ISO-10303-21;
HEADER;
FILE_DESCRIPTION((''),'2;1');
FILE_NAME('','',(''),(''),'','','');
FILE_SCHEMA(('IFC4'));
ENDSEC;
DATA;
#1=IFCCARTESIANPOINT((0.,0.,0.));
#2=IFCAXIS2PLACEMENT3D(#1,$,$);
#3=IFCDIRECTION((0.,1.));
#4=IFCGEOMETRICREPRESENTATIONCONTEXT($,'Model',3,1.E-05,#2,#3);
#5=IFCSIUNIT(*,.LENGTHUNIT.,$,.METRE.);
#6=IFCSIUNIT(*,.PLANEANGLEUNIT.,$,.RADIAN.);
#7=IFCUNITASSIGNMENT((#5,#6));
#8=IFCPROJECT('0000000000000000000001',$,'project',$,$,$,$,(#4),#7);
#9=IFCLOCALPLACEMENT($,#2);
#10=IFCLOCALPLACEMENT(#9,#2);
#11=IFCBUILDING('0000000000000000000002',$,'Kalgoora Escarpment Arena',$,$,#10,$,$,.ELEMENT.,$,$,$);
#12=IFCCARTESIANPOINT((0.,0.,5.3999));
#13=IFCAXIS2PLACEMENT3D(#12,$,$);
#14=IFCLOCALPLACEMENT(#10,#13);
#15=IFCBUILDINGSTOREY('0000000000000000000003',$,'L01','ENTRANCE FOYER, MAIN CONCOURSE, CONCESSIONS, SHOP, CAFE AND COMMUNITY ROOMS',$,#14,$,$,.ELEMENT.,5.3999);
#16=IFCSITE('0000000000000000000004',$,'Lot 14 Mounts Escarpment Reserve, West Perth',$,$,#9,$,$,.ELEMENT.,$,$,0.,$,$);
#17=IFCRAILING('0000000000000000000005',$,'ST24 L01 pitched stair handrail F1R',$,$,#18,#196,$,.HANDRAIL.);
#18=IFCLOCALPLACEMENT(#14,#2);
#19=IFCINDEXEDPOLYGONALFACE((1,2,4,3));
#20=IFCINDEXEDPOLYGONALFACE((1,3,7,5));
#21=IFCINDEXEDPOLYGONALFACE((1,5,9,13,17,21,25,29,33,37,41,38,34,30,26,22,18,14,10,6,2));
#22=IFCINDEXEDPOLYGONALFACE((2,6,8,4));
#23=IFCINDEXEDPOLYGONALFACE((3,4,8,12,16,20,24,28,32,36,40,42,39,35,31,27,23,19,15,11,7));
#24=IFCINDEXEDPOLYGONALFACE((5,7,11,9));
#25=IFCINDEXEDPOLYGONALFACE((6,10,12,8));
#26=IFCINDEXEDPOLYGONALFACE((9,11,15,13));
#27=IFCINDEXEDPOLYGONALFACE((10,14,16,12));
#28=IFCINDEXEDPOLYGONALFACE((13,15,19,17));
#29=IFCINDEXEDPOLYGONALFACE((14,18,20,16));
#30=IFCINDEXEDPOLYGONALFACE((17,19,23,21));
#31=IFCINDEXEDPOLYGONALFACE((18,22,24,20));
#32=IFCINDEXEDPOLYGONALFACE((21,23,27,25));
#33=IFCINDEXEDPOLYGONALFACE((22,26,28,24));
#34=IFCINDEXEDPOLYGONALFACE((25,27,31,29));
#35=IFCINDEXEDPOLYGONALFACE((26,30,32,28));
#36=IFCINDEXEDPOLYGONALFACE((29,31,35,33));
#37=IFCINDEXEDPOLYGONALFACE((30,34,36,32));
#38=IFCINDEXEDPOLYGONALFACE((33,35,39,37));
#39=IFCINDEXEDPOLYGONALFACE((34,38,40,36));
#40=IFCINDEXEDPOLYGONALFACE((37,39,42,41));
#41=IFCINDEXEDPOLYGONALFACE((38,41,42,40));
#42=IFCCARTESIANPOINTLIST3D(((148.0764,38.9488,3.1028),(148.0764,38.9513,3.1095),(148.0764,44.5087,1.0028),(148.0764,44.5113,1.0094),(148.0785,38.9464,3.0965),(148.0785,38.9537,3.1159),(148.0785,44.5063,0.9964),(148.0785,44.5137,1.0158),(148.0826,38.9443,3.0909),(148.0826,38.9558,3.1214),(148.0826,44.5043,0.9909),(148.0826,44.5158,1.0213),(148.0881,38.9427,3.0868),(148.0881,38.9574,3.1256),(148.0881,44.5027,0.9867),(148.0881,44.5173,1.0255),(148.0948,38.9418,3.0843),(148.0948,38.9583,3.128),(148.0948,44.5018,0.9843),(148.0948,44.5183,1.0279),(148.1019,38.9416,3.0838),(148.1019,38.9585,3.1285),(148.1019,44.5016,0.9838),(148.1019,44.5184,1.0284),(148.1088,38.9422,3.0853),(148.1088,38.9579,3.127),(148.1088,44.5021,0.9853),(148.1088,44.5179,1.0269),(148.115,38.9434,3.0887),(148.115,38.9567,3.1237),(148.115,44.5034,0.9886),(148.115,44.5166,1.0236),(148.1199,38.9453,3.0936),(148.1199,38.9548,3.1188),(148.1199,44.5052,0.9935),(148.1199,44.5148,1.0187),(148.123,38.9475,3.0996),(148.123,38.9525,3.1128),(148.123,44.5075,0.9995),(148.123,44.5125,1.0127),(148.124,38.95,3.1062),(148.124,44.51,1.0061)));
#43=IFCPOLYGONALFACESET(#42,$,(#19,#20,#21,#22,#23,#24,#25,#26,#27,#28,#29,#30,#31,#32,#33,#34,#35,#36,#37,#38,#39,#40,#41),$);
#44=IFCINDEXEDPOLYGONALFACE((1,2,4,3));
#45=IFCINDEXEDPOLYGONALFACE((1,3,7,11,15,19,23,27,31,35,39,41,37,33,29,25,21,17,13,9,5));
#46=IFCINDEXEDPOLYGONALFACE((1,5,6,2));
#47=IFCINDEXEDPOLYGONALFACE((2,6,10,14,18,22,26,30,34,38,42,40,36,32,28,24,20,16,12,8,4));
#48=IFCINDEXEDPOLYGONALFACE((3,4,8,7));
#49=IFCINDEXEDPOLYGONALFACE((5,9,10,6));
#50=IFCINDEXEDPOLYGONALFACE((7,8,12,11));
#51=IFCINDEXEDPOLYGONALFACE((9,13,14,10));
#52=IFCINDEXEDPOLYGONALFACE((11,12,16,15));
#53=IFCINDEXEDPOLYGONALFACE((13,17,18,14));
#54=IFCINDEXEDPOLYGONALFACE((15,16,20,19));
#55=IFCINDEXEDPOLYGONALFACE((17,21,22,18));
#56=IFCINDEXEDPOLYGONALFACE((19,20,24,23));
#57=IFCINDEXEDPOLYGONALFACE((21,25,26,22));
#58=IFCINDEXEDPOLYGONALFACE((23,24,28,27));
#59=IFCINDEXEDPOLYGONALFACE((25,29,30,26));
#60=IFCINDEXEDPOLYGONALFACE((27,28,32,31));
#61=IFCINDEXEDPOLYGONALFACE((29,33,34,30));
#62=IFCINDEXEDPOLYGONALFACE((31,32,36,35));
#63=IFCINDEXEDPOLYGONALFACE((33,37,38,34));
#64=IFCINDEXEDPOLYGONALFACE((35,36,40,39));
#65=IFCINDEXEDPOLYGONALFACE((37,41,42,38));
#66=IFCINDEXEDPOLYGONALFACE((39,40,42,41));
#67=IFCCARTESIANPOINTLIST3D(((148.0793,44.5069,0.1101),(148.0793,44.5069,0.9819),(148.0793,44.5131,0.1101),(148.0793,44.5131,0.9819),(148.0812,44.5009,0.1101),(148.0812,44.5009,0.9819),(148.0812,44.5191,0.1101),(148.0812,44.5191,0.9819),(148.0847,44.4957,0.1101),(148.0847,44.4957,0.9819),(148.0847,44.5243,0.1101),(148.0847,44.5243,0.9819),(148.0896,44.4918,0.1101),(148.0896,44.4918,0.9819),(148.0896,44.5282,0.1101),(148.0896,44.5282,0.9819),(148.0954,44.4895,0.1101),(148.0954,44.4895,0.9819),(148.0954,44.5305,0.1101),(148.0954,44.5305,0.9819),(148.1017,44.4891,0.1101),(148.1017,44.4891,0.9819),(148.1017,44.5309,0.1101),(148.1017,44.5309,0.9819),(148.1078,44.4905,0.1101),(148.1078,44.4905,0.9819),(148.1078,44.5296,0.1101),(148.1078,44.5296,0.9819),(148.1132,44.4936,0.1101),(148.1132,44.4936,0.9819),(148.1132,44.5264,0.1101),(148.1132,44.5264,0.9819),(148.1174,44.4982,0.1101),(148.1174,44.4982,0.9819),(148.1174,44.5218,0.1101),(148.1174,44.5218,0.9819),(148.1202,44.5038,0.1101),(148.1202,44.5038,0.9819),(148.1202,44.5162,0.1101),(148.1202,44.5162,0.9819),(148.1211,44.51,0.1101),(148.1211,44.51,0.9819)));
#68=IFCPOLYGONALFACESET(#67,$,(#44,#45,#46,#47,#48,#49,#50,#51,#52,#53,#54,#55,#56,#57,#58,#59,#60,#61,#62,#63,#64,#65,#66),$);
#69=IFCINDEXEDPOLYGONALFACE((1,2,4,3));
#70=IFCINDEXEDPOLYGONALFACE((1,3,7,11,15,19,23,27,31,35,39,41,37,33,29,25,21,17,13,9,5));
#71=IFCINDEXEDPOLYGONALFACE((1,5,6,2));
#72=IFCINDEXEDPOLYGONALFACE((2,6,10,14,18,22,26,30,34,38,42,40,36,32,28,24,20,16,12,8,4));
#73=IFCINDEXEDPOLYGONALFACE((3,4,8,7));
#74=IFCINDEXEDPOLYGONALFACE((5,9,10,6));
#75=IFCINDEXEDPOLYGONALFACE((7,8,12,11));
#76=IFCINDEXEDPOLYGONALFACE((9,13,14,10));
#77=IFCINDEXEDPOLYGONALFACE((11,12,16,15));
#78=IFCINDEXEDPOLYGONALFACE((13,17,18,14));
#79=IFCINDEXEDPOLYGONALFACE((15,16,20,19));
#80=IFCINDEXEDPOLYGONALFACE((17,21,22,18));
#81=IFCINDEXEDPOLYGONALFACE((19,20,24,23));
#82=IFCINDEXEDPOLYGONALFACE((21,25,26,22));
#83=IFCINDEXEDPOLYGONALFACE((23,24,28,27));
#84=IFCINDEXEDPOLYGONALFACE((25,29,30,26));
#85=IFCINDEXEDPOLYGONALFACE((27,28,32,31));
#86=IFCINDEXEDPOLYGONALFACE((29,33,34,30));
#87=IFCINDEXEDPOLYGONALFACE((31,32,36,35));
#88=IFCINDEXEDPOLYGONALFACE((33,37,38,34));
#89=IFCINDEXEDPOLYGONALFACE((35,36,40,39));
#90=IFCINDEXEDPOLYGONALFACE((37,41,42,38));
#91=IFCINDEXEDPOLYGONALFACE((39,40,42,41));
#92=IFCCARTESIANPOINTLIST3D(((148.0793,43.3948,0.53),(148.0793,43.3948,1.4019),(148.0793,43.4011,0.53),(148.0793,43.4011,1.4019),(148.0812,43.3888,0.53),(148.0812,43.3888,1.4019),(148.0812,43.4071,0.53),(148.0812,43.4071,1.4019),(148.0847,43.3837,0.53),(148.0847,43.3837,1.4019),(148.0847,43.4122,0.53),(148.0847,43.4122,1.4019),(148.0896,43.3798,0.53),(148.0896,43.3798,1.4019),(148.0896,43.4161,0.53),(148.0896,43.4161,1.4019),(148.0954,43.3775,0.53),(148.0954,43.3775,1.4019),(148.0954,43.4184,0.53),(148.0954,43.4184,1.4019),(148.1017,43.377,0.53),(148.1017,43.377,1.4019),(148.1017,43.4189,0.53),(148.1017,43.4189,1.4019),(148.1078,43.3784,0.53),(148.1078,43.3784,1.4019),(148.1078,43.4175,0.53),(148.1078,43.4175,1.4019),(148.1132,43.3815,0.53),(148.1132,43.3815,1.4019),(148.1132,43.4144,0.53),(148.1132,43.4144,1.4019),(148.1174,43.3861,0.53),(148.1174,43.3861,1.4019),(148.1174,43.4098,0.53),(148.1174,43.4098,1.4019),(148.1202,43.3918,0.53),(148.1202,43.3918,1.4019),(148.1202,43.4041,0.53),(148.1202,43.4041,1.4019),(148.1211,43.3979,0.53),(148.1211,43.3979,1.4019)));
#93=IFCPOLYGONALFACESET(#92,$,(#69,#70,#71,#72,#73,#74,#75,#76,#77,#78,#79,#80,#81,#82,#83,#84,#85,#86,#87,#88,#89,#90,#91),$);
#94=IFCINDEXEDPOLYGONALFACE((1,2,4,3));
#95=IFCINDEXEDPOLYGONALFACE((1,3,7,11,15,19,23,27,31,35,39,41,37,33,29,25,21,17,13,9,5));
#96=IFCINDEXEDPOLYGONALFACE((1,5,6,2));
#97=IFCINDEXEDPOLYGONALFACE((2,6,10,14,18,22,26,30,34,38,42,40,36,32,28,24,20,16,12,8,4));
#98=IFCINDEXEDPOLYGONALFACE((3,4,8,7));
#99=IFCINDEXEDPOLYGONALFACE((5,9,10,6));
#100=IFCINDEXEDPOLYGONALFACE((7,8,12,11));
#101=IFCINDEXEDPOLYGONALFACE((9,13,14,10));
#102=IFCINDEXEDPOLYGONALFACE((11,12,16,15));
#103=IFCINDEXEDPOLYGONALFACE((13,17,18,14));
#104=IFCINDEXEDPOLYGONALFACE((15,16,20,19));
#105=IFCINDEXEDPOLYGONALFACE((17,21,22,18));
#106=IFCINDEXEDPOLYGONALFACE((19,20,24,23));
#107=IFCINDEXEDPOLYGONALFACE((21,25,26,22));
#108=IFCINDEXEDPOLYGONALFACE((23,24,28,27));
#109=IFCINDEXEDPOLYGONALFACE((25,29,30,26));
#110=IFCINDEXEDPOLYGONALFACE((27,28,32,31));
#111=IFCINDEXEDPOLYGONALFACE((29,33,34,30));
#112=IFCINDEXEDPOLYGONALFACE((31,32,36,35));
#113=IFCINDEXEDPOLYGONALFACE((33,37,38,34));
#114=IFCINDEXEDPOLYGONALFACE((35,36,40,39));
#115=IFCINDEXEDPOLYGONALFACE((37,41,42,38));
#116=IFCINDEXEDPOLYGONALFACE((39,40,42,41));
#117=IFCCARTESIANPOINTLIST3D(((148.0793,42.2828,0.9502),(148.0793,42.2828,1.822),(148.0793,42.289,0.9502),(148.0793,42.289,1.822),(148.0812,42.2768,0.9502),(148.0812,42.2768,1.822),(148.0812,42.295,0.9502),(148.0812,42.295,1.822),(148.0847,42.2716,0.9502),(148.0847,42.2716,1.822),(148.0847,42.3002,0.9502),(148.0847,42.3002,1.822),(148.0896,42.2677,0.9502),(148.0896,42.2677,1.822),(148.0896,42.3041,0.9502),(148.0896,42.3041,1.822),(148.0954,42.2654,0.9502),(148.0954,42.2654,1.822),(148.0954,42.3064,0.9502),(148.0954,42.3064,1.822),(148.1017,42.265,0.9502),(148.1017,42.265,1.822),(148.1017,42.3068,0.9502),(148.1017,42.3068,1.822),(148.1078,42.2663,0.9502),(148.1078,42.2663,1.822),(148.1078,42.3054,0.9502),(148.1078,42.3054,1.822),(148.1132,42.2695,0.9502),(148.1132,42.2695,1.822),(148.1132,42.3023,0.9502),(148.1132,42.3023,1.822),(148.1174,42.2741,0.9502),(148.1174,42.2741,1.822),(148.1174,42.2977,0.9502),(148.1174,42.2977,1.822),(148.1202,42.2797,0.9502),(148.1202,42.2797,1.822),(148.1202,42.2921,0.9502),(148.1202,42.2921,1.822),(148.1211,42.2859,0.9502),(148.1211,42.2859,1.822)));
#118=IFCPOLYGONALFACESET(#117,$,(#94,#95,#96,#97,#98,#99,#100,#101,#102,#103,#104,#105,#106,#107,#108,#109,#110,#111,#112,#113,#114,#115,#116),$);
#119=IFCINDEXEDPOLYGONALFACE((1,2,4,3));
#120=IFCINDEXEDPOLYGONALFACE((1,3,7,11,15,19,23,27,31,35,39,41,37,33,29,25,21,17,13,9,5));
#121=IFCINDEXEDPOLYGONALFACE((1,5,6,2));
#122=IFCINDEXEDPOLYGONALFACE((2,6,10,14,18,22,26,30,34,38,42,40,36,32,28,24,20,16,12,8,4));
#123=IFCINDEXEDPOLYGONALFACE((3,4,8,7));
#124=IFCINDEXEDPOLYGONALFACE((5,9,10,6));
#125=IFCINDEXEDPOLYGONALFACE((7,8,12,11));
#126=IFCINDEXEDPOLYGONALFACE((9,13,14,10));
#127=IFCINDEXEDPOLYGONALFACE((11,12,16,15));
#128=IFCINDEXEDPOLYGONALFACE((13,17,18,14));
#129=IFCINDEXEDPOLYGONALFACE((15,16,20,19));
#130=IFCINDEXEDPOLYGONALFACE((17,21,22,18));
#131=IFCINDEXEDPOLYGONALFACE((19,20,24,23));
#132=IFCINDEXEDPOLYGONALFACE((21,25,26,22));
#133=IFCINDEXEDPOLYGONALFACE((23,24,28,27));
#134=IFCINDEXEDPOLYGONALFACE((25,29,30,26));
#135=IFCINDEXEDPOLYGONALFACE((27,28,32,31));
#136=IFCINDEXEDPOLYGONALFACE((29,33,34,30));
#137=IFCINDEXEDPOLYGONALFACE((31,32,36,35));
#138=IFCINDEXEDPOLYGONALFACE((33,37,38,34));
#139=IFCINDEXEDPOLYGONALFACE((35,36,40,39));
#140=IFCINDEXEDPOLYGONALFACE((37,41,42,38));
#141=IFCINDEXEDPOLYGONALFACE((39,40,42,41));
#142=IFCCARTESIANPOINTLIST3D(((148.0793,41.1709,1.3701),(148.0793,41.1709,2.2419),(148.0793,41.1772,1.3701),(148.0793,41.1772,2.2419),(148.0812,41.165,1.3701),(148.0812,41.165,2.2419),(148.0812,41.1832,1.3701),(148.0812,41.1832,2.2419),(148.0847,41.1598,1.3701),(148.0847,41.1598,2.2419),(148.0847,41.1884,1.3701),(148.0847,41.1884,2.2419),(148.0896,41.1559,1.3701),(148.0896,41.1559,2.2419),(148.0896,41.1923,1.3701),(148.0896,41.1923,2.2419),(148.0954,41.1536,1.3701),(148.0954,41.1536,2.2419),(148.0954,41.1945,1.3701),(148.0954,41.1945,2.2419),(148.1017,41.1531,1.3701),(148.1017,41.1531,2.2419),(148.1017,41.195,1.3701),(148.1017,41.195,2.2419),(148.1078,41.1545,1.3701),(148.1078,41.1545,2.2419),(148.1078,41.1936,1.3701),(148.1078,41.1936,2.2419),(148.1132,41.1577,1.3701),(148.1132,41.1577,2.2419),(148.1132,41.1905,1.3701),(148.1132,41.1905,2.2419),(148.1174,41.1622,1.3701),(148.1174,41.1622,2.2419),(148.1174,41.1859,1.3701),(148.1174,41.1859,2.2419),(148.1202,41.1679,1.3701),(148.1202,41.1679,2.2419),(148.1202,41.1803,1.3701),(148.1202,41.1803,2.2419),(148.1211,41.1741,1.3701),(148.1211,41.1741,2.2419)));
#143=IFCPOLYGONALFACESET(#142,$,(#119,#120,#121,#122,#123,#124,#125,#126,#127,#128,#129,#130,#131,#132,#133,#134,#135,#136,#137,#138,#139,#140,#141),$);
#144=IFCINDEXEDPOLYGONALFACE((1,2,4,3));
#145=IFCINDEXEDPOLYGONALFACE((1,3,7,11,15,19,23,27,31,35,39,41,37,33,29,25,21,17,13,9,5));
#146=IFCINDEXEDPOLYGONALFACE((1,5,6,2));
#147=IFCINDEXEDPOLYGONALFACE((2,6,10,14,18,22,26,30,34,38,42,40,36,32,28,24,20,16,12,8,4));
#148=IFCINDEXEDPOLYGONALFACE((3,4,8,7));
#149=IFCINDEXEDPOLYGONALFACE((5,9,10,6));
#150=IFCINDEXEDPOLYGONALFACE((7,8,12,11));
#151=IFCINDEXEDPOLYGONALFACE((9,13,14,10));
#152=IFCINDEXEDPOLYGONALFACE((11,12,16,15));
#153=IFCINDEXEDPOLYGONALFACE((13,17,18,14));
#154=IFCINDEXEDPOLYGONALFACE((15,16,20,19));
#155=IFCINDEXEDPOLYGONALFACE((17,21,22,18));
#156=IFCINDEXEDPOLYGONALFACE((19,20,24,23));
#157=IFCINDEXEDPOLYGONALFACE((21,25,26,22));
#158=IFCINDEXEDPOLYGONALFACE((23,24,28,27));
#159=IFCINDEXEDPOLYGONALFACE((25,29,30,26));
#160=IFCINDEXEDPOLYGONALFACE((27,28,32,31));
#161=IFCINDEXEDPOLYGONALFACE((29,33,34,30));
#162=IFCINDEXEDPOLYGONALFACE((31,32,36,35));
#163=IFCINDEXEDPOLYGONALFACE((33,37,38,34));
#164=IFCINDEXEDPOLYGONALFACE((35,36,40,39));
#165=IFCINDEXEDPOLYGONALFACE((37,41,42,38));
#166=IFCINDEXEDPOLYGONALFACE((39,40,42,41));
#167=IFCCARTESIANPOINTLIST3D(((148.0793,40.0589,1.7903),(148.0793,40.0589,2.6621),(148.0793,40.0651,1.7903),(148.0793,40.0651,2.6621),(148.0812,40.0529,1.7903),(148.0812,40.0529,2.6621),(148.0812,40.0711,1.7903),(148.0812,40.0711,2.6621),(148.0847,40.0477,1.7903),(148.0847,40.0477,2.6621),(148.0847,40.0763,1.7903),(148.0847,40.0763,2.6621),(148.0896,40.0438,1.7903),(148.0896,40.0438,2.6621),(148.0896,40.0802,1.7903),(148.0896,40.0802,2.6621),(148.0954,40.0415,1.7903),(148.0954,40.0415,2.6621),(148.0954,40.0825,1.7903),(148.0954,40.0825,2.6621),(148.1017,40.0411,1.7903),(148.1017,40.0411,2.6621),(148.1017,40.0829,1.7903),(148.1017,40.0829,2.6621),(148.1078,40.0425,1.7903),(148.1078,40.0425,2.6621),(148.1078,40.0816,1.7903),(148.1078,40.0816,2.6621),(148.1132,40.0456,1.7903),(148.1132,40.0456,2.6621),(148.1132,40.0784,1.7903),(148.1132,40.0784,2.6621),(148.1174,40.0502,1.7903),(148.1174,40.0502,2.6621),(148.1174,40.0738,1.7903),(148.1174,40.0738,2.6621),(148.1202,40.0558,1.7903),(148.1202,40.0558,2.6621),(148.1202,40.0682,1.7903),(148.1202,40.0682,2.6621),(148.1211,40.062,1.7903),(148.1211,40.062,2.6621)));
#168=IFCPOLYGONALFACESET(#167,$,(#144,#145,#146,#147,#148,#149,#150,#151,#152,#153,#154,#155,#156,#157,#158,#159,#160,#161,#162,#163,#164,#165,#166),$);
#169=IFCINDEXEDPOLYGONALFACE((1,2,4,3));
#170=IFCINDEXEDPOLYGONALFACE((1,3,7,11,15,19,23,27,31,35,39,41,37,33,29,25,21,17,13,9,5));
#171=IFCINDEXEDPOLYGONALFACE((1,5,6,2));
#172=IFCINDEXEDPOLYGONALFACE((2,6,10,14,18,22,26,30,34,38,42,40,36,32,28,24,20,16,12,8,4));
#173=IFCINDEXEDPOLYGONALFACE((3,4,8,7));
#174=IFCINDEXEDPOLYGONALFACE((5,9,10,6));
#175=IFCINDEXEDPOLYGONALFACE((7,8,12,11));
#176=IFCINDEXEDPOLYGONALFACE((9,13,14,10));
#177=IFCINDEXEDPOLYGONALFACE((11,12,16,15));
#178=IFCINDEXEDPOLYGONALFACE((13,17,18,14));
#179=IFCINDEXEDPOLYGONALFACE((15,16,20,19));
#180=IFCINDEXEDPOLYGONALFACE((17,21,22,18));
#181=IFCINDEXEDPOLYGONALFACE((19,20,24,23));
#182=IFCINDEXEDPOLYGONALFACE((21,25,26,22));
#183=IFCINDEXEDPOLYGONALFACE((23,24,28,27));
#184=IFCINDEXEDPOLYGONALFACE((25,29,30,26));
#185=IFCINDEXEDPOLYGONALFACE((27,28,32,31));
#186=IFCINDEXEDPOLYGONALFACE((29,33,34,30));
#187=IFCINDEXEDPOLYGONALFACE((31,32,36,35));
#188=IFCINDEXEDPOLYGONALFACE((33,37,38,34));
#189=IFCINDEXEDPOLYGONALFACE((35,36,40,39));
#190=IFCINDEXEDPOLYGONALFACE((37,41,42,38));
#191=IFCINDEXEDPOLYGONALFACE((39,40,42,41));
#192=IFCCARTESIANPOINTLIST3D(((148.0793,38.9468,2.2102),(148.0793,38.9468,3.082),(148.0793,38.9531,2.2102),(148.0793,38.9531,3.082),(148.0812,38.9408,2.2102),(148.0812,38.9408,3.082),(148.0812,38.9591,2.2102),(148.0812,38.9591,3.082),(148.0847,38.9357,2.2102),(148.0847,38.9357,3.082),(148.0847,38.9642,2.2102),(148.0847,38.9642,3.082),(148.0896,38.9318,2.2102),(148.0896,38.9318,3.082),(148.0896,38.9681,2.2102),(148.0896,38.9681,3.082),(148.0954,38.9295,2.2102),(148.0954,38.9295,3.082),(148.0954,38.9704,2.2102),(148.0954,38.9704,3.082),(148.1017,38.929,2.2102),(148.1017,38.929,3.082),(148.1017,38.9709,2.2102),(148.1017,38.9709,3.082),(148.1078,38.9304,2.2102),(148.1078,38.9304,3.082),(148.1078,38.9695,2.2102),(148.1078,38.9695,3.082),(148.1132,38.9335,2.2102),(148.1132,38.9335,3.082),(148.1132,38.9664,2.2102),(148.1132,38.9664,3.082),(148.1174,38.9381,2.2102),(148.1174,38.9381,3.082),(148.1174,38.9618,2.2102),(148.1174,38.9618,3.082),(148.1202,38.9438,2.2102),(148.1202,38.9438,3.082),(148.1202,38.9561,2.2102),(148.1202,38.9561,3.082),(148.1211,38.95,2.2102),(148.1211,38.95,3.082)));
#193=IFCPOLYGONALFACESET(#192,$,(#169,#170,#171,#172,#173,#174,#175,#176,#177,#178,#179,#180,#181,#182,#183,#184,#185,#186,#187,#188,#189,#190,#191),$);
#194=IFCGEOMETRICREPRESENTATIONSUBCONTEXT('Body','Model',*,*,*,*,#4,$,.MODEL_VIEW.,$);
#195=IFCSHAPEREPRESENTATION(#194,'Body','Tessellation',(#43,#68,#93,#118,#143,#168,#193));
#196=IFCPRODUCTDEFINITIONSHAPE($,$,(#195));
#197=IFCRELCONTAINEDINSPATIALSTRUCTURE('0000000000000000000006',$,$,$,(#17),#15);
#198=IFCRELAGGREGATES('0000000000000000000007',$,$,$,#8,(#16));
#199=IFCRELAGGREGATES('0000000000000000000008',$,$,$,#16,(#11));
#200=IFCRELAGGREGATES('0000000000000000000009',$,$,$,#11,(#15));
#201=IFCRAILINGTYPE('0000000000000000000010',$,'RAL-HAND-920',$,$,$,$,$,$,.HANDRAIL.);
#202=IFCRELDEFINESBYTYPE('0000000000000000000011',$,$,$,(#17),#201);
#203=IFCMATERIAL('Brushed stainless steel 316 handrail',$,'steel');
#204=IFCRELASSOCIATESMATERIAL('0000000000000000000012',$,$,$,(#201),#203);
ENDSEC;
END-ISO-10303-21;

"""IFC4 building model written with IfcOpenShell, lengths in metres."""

from ifc_helpers import new_model, si_unit, direction, frame, origin, origin_2d, place, context, subcontext, project, spatial, circle, extrude, material, type_object, element, save


model = new_model("IFC4")

# Units and contexts
model_context = context("Model", 3, precision=1e-05, world=origin(), true_north=direction((0.0, 1.0)))
body_context = subcontext(model_context, "Body", "Model", "MODEL_VIEW")
ifc_project = project(units=[si_unit("LENGTHUNIT", "METRE"), si_unit("PLANEANGLEUNIT", "RADIAN")], contexts=[model_context])

# Site, building, storey
site_placement = place(None, origin())
site = spatial("IfcSite", under=ifc_project, at=site_placement, Name="Lot 14 Mounts Escarpment Reserve, West Perth", CompositionType="ELEMENT", RefElevation=0.0)
building_placement = place(site_placement, origin())
building = spatial("IfcBuilding", under=site, at=building_placement, Name="Kalgoora Escarpment Arena", CompositionType="ELEMENT")
storey_placement = place(building_placement, frame((0.0, 0.0, 5.3999)))
storey = spatial("IfcBuildingStorey", under=building, at=storey_placement, Name="L01", Description="ENTRANCE FOYER, MAIN CONCOURSE, CONCESSIONS, SHOP, CAFE AND COMMUNITY ROOMS", CompositionType="ELEMENT", Elevation=5.3999)

# Railing
ifc_material_1 = material(Name="Brushed stainless steel 316 handrail", Category="steel")
railing_type_1 = type_object("IfcRailingType", Name="RAL-HAND-920", PredefinedType="HANDRAIL", material=ifc_material_1)
for number, where, name in (
    (1, (148.1001, 44.51, 0.1101), "ST24 L01 pitched stair handrail F1R"),
):
    element("IfcRailing", number, at=place(storey_placement, frame(where)), inside=storey, type_object=railing_type_1, Name=name, PredefinedType="HANDRAIL", context=body_context, shape_type="SweptSolid", body=[
        extrude(circle(Radius=0.0239, at=origin_2d()), frame((0.0, 0.0, 0.896), z_axis=(0.0, -0.935493, 0.353346), x_axis=(1.0, 0.0, 0.0)), (0.0, 0.0, 1.0), 5.9434),
        extrude(circle(Radius=0.021, at=origin_2d()), origin(), (0.0, 0.0, 1.0), 0.8718),
        extrude(circle(Radius=0.021, at=origin_2d()), frame((0.0, -1.1121, 0.4199)), (0.0, 0.0, 1.0), 0.8718),
        extrude(circle(Radius=0.021, at=origin_2d()), frame((0.0, -2.2241, 0.8401)), (0.0, 0.0, 1.0), 0.8718),
        extrude(circle(Radius=0.021, at=origin_2d()), frame((0.0, -3.3359, 1.26)), (0.0, 0.0, 1.0), 0.8718),
        extrude(circle(Radius=0.021, at=origin_2d()), frame((0.0, -4.448, 1.6802)), (0.0, 0.0, 1.0), 0.8718),
        extrude(circle(Radius=0.021, at=origin_2d()), frame((0.0, -5.5601, 2.1001)), (0.0, 0.0, 1.0), 0.8718),
    ])

save(model, "model.ifc")
